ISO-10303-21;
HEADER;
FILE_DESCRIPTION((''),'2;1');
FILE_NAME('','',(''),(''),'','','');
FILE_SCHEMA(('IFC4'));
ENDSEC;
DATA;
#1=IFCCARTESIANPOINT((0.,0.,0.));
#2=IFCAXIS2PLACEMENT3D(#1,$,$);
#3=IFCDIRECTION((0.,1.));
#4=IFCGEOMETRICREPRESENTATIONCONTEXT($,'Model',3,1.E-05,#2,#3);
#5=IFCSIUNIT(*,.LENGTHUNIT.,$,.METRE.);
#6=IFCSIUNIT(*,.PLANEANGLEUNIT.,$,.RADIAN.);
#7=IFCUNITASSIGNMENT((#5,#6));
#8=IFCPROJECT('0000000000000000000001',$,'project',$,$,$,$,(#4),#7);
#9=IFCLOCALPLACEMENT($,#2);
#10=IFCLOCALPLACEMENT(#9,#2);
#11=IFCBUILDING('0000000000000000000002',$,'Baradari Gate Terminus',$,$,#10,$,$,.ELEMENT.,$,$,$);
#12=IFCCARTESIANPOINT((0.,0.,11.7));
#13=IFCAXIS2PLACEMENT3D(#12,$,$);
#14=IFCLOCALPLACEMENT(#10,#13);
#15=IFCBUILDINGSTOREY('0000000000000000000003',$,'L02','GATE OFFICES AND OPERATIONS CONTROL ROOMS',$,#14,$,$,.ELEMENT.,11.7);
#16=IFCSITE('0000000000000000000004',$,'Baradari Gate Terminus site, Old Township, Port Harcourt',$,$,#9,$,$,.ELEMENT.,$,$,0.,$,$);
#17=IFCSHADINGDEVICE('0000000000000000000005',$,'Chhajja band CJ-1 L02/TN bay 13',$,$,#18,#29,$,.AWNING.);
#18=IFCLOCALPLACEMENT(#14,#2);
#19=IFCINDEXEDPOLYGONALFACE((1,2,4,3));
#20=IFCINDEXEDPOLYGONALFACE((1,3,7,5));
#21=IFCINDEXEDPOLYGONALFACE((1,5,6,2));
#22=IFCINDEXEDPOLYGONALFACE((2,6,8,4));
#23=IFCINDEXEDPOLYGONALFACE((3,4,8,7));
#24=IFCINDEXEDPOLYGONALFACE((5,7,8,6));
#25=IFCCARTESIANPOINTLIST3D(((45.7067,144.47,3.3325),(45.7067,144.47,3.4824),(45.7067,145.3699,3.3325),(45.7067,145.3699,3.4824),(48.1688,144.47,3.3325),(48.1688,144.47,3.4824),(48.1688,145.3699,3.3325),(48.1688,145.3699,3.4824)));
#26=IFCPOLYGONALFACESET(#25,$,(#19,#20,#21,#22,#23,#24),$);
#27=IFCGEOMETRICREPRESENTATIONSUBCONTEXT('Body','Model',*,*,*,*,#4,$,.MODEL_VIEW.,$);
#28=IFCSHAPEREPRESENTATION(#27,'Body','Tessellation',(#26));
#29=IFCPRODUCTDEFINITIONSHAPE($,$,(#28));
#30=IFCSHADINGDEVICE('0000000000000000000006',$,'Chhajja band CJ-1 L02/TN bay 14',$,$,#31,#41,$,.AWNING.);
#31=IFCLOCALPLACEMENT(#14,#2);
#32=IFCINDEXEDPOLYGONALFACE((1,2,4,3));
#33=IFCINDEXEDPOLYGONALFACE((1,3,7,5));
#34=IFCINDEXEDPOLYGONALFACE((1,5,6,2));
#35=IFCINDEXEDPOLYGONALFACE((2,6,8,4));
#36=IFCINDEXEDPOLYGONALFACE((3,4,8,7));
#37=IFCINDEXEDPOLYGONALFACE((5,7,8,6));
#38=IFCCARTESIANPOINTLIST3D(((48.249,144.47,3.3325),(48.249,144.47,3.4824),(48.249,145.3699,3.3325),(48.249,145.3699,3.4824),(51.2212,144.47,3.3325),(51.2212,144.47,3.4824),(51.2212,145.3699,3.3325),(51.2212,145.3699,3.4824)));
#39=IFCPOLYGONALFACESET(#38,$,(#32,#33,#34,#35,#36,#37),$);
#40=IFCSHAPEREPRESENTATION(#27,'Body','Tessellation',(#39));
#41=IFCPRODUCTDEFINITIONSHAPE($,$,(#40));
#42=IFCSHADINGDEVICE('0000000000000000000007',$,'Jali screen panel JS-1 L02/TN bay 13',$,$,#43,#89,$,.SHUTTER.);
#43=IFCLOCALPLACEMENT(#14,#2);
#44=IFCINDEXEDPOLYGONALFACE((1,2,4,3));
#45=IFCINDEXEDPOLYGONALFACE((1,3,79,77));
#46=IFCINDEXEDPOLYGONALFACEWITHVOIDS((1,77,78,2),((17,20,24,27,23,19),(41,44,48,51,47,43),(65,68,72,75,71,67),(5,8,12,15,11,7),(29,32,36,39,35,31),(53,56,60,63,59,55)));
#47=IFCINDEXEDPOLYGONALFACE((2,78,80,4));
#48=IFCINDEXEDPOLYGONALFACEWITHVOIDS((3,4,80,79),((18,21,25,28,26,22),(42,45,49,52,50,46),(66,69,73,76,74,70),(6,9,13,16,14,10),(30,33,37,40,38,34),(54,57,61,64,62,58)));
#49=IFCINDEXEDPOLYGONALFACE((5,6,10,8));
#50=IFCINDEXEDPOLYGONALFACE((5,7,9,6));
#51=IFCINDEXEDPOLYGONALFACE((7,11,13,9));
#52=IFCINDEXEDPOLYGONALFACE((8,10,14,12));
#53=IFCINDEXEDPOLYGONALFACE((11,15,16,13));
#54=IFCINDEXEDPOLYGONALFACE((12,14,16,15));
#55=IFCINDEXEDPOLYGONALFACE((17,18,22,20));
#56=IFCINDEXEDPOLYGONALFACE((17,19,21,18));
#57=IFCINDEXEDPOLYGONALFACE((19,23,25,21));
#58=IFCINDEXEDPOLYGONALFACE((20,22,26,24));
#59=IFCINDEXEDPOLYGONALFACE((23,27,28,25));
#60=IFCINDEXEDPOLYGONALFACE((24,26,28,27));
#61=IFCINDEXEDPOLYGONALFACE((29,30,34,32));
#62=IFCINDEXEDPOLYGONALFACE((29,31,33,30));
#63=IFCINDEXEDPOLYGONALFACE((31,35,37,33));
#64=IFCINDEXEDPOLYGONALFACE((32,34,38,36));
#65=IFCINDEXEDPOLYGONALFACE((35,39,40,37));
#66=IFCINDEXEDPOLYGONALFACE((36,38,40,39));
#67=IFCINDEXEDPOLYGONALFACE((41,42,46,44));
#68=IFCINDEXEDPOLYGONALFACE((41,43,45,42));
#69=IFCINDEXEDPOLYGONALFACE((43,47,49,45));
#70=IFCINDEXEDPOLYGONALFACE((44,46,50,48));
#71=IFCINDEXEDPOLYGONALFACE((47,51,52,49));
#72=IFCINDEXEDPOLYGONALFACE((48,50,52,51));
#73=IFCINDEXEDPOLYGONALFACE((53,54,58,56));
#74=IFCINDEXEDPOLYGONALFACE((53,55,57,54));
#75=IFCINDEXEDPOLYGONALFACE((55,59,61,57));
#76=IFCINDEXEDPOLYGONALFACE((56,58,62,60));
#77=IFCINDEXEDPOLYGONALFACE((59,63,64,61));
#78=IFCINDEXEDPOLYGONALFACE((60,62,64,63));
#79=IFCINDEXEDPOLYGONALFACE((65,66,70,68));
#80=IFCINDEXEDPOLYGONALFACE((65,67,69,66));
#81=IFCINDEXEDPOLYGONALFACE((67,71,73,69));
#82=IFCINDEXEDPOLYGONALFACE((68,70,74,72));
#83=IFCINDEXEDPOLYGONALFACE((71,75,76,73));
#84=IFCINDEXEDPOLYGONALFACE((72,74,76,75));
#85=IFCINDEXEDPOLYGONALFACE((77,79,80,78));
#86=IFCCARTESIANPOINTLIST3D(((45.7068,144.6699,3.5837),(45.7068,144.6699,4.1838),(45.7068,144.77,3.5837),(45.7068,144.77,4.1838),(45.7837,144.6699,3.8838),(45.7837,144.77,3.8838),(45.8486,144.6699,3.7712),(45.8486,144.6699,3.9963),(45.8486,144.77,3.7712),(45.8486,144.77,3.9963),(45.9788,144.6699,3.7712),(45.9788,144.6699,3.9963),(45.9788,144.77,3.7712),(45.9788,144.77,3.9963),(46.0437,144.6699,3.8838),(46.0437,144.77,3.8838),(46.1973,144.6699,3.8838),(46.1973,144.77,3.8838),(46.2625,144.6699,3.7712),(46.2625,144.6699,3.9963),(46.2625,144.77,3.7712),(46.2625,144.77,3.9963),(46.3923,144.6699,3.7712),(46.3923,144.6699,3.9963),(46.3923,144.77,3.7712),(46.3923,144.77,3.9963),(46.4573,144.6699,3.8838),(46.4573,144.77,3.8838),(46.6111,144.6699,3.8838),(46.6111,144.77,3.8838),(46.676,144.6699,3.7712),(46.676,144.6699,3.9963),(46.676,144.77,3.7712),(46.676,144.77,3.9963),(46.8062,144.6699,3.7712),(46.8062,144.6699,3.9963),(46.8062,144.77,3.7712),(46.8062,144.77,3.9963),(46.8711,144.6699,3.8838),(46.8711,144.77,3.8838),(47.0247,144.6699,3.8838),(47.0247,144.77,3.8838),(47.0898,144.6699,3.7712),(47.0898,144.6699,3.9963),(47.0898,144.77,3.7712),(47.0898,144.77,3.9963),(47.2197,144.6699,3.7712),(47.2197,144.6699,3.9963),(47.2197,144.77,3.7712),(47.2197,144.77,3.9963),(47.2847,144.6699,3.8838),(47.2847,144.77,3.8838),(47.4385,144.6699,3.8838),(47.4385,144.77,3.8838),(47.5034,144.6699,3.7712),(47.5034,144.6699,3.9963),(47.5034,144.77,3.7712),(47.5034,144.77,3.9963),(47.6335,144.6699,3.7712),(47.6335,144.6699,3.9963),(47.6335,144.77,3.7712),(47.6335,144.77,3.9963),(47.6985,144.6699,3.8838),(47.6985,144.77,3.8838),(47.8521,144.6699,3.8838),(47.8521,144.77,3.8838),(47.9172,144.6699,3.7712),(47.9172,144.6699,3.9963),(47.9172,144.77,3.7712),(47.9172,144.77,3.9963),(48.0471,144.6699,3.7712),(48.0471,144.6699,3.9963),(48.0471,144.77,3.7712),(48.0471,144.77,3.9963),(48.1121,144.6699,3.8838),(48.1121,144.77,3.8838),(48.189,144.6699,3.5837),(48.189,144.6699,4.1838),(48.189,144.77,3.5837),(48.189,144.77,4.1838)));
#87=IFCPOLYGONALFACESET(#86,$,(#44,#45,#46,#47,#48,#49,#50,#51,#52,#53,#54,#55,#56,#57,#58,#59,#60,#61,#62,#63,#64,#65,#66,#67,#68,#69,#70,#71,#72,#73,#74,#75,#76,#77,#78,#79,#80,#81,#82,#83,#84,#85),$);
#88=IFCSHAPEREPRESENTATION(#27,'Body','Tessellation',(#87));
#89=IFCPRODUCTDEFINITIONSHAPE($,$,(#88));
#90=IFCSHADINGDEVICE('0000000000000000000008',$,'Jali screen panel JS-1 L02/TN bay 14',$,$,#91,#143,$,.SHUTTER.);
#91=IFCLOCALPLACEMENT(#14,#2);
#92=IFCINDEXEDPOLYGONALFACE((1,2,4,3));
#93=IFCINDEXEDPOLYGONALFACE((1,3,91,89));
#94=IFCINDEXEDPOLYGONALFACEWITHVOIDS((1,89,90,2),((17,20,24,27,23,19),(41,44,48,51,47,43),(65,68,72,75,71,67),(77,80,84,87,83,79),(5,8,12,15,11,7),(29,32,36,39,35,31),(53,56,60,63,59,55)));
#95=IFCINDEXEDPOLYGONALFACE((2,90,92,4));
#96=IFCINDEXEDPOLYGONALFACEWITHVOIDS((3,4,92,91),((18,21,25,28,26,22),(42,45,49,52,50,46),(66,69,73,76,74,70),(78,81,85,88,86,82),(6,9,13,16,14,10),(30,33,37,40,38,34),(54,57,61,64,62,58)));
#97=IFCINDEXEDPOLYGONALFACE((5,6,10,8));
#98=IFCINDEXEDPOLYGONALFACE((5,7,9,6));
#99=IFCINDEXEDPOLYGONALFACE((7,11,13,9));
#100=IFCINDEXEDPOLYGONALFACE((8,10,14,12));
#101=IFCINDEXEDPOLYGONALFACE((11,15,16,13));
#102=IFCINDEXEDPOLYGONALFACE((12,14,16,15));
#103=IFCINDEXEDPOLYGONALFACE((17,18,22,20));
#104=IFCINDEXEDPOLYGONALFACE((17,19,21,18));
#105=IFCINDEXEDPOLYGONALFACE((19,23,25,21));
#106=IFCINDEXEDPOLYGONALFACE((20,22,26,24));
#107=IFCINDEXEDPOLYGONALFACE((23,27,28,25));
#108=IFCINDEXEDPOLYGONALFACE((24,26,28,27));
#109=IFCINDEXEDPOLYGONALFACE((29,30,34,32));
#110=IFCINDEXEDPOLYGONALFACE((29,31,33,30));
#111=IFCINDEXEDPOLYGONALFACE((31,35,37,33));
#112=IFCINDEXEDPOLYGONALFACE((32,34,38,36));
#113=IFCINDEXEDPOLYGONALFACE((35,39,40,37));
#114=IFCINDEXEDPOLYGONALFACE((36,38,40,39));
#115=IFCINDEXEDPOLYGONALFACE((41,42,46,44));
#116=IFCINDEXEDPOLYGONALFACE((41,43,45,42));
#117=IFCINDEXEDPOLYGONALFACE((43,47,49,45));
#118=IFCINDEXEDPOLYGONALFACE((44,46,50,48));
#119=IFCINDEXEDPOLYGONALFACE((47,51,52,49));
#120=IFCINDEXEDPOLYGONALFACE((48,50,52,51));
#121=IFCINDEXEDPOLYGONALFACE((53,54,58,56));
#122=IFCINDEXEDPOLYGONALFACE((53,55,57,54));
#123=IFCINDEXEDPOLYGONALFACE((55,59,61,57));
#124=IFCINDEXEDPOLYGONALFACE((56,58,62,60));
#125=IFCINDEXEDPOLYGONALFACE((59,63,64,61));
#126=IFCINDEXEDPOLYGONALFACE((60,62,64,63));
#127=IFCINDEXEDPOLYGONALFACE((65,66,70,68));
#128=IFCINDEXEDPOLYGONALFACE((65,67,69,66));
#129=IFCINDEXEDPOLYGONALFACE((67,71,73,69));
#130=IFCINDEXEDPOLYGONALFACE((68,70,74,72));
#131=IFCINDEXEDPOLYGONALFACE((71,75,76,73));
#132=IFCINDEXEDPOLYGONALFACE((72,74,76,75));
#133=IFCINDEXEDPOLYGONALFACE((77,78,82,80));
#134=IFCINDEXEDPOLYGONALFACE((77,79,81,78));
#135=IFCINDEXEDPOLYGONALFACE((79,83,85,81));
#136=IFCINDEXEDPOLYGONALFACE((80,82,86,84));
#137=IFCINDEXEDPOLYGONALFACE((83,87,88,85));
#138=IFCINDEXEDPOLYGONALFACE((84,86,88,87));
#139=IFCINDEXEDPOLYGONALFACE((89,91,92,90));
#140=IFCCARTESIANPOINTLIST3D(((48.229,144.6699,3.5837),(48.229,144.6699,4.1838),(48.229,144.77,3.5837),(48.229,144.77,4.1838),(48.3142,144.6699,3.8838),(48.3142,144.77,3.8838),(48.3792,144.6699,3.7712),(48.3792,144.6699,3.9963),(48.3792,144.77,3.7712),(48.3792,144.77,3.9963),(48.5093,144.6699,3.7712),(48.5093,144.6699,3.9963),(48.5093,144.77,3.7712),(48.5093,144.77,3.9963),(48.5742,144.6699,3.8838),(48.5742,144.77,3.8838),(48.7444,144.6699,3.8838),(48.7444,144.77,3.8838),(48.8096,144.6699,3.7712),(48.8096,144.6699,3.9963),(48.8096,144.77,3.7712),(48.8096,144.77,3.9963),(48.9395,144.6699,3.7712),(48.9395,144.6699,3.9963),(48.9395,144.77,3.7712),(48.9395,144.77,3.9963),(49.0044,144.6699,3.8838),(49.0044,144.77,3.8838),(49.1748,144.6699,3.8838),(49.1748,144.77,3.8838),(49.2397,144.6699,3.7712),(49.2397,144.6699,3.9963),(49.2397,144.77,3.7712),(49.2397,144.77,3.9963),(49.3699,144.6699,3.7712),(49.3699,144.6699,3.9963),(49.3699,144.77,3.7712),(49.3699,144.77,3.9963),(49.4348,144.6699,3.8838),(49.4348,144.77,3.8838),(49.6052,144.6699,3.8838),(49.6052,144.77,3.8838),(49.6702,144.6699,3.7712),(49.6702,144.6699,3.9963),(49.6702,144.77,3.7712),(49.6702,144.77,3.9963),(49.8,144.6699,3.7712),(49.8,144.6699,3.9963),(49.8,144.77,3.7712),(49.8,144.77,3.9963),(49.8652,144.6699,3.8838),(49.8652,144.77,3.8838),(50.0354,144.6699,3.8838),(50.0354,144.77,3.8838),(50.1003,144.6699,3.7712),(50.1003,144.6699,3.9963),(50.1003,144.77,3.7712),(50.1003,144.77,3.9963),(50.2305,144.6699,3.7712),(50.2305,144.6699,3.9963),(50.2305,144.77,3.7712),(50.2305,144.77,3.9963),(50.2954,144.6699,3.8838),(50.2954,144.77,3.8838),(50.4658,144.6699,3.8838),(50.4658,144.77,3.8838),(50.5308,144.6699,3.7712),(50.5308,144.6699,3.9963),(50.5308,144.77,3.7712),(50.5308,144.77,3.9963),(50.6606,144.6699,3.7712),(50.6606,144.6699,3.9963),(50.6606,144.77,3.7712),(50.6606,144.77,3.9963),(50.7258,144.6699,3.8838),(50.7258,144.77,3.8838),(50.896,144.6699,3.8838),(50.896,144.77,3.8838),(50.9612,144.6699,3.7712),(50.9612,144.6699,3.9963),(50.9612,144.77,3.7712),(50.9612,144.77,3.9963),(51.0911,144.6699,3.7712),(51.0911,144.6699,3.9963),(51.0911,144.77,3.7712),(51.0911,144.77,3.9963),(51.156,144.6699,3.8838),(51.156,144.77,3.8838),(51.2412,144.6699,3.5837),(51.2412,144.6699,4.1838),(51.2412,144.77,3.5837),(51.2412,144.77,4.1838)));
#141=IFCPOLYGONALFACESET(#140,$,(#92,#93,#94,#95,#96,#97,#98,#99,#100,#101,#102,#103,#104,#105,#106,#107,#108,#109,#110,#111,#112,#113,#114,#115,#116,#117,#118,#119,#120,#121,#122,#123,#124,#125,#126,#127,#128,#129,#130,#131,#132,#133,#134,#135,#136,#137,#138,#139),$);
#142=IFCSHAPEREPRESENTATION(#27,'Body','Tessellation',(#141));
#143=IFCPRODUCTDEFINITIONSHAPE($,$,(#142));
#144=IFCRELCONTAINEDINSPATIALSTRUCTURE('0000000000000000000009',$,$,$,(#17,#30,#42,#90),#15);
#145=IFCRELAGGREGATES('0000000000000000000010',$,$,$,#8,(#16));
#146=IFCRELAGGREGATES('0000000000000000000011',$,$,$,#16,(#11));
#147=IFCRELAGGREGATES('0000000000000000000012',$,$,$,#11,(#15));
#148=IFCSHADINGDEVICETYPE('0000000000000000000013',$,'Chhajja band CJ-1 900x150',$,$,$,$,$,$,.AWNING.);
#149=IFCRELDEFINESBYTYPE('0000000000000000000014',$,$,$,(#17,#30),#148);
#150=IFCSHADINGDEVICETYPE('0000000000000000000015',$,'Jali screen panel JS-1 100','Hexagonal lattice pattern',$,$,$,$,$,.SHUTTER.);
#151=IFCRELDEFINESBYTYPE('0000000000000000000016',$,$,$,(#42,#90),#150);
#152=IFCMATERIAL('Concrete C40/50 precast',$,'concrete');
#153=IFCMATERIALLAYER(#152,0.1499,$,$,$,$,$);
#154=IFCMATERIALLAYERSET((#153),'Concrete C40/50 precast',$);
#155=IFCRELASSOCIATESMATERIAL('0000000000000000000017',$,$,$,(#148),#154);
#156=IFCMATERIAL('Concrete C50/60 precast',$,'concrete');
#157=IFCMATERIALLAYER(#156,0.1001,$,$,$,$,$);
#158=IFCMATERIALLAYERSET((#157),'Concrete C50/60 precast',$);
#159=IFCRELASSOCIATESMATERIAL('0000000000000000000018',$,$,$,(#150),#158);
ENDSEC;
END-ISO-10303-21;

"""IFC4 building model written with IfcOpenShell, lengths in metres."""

from ifc_helpers import new_model, si_unit, direction, frame, origin, origin_2d, place, context, subcontext, project, spatial, polyline, rectangle, outline, extrude, material, layer, layer_set, type_object, element, save


model = new_model("IFC4")

# Units and contexts
model_context = context("Model", 3, precision=1e-05, world=origin(), true_north=direction((0.0, 1.0)))
body_context = subcontext(model_context, "Body", "Model", "MODEL_VIEW")
ifc_project = project(units=[si_unit("LENGTHUNIT", "METRE"), si_unit("PLANEANGLEUNIT", "RADIAN")], contexts=[model_context])

# Site, building, storey
site_placement = place(None, origin())
site = spatial("IfcSite", under=ifc_project, at=site_placement, Name="Baradari Gate Terminus site, Old Township, Port Harcourt", CompositionType="ELEMENT", RefElevation=0.0)
building_placement = place(site_placement, origin())
building = spatial("IfcBuilding", under=site, at=building_placement, Name="Baradari Gate Terminus", CompositionType="ELEMENT")
storey_placement = place(building_placement, frame((0.0, 0.0, 11.7)))
storey = spatial("IfcBuildingStorey", under=building, at=storey_placement, Name="L02", Description="GATE OFFICES AND OPERATIONS CONTROL ROOMS", CompositionType="ELEMENT", Elevation=11.7)

# Shading devices
ifc_material_1 = material(Name="Concrete C40/50 precast", Category="concrete")
ifc_layer_1 = layer(ifc_material_1, 0.1499)
ifc_layer_set_1 = layer_set([ifc_layer_1], Name="Concrete C40/50 precast")
shading_device_type_1 = type_object("IfcShadingDeviceType", Name="Chhajja band CJ-1 900x150", PredefinedType="AWNING", material=ifc_layer_set_1)
shading_device_1_placement = place(storey_placement, frame((46.9377, 144.9199, 3.3325), z_axis=(0.0, 0.0, 1.0), x_axis=(1.0, 0.0, 0.0)))
element("IfcShadingDevice", 1, at=shading_device_1_placement, inside=storey, type_object=shading_device_type_1, Name="Chhajja band CJ-1 L02/TN bay 13", PredefinedType="AWNING", context=body_context, shape_type="SweptSolid", body=[
    extrude(rectangle(XDim=2.4622, YDim=0.8999, at=origin_2d()), origin(), (0.0, 0.0, 1.0), 0.1499),
])
shading_device_2_placement = place(storey_placement, frame((49.7351, 144.9199, 3.3325), z_axis=(0.0, 0.0, 1.0), x_axis=(1.0, 0.0, 0.0)))
element("IfcShadingDevice", 2, at=shading_device_2_placement, inside=storey, type_object=shading_device_type_1, Name="Chhajja band CJ-1 L02/TN bay 14", PredefinedType="AWNING", context=body_context, shape_type="SweptSolid", body=[
    extrude(rectangle(XDim=2.9722, YDim=0.8999, at=origin_2d()), origin(), (0.0, 0.0, 1.0), 0.1499),
])
ifc_material_2 = material(Name="Concrete C50/60 precast", Category="concrete")
ifc_layer_2 = layer(ifc_material_2, 0.1001)
ifc_layer_set_2 = layer_set([ifc_layer_2], Name="Concrete C50/60 precast")
shading_device_type_2 = type_object("IfcShadingDeviceType", Name="Jali screen panel JS-1 100", Description="Hexagonal lattice pattern", PredefinedType="SHUTTER", material=ifc_layer_set_2)
shading_device_3_placement = place(storey_placement, frame((45.7068, 144.72, 3.5837), z_axis=(0.0, 0.0, 1.0), x_axis=(1.0, 0.0, 0.0)))
element("IfcShadingDevice", 3, at=shading_device_3_placement, inside=storey, type_object=shading_device_type_2, Name="Jali screen panel JS-1 L02/TN bay 13", PredefinedType="SHUTTER", context=body_context, shape_type="SweptSolid", body=[
    extrude(outline(polyline([(0.0, 0.0), (2.4822, 0.0), (2.4822, 0.6001), (0.0, 0.6001), (0.0, 0.0)]), holes=[polyline([(0.3369, 0.3), (0.272, 0.1875), (0.1418, 0.1875), (0.0769, 0.3), (0.1418, 0.4126), (0.272, 0.4126), (0.3369, 0.3)]), polyline([(0.7505, 0.3), (0.6855, 0.1875), (0.5557, 0.1875), (0.4905, 0.3), (0.5557, 0.4126), (0.6855, 0.4126), (0.7505, 0.3)]), polyline([(1.1643, 0.3), (1.0994, 0.1875), (0.9692, 0.1875), (0.9043, 0.3), (0.9692, 0.4126), (1.0994, 0.4126), (1.1643, 0.3)]), polyline([(1.5779, 0.3), (1.5129, 0.1875), (1.3831, 0.1875), (1.3179, 0.3), (1.3831, 0.4126), (1.5129, 0.4126), (1.5779, 0.3)]), polyline([(1.9917, 0.3), (1.9268, 0.1875), (1.7966, 0.1875), (1.7317, 0.3), (1.7966, 0.4126), (1.9268, 0.4126), (1.9917, 0.3)]), polyline([(2.4053, 0.3), (2.3403, 0.1875), (2.2104, 0.1875), (2.1453, 0.3), (2.2104, 0.4126), (2.3403, 0.4126), (2.4053, 0.3)])]), frame((0.0, 0.05, 0.0), z_axis=(0.0, -1.0, 0.0), x_axis=(1.0, 0.0, 0.0)), (0.0, 0.0, 1.0), 0.1001),
])
shading_device_4_placement = place(storey_placement, frame((48.229, 144.72, 3.5837), z_axis=(0.0, 0.0, 1.0), x_axis=(1.0, 0.0, 0.0)))
element("IfcShadingDevice", 4, at=shading_device_4_placement, inside=storey, type_object=shading_device_type_2, Name="Jali screen panel JS-1 L02/TN bay 14", PredefinedType="SHUTTER", context=body_context, shape_type="SweptSolid", body=[
    extrude(outline(polyline([(0.0, 0.0), (3.0122, 0.0), (3.0122, 0.6001), (0.0, 0.6001), (0.0, 0.0)]), holes=[polyline([(0.3452, 0.3), (0.2803, 0.1875), (0.1501, 0.1875), (0.0852, 0.3), (0.1501, 0.4126), (0.2803, 0.4126), (0.3452, 0.3)]), polyline([(0.7754, 0.3), (0.7104, 0.1875), (0.5806, 0.1875), (0.5154, 0.3), (0.5806, 0.4126), (0.7104, 0.4126), (0.7754, 0.3)]), polyline([(1.2058, 0.3), (1.1409, 0.1875), (1.0107, 0.1875), (0.9458, 0.3), (1.0107, 0.4126), (1.1409, 0.4126), (1.2058, 0.3)]), polyline([(1.6362, 0.3), (1.571, 0.1875), (1.4412, 0.1875), (1.3762, 0.3), (1.4412, 0.4126), (1.571, 0.4126), (1.6362, 0.3)]), polyline([(2.0664, 0.3), (2.0015, 0.1875), (1.8713, 0.1875), (1.8064, 0.3), (1.8713, 0.4126), (2.0015, 0.4126), (2.0664, 0.3)]), polyline([(2.4968, 0.3), (2.4316, 0.1875), (2.3018, 0.1875), (2.2368, 0.3), (2.3018, 0.4126), (2.4316, 0.4126), (2.4968, 0.3)]), polyline([(2.927, 0.3), (2.8621, 0.1875), (2.7322, 0.1875), (2.667, 0.3), (2.7322, 0.4126), (2.8621, 0.4126), (2.927, 0.3)])]), frame((0.0, 0.05, 0.0), z_axis=(0.0, -1.0, 0.0), x_axis=(1.0, 0.0, 0.0)), (0.0, 0.0, 1.0), 0.1001),
])

save(model, "model.ifc")
